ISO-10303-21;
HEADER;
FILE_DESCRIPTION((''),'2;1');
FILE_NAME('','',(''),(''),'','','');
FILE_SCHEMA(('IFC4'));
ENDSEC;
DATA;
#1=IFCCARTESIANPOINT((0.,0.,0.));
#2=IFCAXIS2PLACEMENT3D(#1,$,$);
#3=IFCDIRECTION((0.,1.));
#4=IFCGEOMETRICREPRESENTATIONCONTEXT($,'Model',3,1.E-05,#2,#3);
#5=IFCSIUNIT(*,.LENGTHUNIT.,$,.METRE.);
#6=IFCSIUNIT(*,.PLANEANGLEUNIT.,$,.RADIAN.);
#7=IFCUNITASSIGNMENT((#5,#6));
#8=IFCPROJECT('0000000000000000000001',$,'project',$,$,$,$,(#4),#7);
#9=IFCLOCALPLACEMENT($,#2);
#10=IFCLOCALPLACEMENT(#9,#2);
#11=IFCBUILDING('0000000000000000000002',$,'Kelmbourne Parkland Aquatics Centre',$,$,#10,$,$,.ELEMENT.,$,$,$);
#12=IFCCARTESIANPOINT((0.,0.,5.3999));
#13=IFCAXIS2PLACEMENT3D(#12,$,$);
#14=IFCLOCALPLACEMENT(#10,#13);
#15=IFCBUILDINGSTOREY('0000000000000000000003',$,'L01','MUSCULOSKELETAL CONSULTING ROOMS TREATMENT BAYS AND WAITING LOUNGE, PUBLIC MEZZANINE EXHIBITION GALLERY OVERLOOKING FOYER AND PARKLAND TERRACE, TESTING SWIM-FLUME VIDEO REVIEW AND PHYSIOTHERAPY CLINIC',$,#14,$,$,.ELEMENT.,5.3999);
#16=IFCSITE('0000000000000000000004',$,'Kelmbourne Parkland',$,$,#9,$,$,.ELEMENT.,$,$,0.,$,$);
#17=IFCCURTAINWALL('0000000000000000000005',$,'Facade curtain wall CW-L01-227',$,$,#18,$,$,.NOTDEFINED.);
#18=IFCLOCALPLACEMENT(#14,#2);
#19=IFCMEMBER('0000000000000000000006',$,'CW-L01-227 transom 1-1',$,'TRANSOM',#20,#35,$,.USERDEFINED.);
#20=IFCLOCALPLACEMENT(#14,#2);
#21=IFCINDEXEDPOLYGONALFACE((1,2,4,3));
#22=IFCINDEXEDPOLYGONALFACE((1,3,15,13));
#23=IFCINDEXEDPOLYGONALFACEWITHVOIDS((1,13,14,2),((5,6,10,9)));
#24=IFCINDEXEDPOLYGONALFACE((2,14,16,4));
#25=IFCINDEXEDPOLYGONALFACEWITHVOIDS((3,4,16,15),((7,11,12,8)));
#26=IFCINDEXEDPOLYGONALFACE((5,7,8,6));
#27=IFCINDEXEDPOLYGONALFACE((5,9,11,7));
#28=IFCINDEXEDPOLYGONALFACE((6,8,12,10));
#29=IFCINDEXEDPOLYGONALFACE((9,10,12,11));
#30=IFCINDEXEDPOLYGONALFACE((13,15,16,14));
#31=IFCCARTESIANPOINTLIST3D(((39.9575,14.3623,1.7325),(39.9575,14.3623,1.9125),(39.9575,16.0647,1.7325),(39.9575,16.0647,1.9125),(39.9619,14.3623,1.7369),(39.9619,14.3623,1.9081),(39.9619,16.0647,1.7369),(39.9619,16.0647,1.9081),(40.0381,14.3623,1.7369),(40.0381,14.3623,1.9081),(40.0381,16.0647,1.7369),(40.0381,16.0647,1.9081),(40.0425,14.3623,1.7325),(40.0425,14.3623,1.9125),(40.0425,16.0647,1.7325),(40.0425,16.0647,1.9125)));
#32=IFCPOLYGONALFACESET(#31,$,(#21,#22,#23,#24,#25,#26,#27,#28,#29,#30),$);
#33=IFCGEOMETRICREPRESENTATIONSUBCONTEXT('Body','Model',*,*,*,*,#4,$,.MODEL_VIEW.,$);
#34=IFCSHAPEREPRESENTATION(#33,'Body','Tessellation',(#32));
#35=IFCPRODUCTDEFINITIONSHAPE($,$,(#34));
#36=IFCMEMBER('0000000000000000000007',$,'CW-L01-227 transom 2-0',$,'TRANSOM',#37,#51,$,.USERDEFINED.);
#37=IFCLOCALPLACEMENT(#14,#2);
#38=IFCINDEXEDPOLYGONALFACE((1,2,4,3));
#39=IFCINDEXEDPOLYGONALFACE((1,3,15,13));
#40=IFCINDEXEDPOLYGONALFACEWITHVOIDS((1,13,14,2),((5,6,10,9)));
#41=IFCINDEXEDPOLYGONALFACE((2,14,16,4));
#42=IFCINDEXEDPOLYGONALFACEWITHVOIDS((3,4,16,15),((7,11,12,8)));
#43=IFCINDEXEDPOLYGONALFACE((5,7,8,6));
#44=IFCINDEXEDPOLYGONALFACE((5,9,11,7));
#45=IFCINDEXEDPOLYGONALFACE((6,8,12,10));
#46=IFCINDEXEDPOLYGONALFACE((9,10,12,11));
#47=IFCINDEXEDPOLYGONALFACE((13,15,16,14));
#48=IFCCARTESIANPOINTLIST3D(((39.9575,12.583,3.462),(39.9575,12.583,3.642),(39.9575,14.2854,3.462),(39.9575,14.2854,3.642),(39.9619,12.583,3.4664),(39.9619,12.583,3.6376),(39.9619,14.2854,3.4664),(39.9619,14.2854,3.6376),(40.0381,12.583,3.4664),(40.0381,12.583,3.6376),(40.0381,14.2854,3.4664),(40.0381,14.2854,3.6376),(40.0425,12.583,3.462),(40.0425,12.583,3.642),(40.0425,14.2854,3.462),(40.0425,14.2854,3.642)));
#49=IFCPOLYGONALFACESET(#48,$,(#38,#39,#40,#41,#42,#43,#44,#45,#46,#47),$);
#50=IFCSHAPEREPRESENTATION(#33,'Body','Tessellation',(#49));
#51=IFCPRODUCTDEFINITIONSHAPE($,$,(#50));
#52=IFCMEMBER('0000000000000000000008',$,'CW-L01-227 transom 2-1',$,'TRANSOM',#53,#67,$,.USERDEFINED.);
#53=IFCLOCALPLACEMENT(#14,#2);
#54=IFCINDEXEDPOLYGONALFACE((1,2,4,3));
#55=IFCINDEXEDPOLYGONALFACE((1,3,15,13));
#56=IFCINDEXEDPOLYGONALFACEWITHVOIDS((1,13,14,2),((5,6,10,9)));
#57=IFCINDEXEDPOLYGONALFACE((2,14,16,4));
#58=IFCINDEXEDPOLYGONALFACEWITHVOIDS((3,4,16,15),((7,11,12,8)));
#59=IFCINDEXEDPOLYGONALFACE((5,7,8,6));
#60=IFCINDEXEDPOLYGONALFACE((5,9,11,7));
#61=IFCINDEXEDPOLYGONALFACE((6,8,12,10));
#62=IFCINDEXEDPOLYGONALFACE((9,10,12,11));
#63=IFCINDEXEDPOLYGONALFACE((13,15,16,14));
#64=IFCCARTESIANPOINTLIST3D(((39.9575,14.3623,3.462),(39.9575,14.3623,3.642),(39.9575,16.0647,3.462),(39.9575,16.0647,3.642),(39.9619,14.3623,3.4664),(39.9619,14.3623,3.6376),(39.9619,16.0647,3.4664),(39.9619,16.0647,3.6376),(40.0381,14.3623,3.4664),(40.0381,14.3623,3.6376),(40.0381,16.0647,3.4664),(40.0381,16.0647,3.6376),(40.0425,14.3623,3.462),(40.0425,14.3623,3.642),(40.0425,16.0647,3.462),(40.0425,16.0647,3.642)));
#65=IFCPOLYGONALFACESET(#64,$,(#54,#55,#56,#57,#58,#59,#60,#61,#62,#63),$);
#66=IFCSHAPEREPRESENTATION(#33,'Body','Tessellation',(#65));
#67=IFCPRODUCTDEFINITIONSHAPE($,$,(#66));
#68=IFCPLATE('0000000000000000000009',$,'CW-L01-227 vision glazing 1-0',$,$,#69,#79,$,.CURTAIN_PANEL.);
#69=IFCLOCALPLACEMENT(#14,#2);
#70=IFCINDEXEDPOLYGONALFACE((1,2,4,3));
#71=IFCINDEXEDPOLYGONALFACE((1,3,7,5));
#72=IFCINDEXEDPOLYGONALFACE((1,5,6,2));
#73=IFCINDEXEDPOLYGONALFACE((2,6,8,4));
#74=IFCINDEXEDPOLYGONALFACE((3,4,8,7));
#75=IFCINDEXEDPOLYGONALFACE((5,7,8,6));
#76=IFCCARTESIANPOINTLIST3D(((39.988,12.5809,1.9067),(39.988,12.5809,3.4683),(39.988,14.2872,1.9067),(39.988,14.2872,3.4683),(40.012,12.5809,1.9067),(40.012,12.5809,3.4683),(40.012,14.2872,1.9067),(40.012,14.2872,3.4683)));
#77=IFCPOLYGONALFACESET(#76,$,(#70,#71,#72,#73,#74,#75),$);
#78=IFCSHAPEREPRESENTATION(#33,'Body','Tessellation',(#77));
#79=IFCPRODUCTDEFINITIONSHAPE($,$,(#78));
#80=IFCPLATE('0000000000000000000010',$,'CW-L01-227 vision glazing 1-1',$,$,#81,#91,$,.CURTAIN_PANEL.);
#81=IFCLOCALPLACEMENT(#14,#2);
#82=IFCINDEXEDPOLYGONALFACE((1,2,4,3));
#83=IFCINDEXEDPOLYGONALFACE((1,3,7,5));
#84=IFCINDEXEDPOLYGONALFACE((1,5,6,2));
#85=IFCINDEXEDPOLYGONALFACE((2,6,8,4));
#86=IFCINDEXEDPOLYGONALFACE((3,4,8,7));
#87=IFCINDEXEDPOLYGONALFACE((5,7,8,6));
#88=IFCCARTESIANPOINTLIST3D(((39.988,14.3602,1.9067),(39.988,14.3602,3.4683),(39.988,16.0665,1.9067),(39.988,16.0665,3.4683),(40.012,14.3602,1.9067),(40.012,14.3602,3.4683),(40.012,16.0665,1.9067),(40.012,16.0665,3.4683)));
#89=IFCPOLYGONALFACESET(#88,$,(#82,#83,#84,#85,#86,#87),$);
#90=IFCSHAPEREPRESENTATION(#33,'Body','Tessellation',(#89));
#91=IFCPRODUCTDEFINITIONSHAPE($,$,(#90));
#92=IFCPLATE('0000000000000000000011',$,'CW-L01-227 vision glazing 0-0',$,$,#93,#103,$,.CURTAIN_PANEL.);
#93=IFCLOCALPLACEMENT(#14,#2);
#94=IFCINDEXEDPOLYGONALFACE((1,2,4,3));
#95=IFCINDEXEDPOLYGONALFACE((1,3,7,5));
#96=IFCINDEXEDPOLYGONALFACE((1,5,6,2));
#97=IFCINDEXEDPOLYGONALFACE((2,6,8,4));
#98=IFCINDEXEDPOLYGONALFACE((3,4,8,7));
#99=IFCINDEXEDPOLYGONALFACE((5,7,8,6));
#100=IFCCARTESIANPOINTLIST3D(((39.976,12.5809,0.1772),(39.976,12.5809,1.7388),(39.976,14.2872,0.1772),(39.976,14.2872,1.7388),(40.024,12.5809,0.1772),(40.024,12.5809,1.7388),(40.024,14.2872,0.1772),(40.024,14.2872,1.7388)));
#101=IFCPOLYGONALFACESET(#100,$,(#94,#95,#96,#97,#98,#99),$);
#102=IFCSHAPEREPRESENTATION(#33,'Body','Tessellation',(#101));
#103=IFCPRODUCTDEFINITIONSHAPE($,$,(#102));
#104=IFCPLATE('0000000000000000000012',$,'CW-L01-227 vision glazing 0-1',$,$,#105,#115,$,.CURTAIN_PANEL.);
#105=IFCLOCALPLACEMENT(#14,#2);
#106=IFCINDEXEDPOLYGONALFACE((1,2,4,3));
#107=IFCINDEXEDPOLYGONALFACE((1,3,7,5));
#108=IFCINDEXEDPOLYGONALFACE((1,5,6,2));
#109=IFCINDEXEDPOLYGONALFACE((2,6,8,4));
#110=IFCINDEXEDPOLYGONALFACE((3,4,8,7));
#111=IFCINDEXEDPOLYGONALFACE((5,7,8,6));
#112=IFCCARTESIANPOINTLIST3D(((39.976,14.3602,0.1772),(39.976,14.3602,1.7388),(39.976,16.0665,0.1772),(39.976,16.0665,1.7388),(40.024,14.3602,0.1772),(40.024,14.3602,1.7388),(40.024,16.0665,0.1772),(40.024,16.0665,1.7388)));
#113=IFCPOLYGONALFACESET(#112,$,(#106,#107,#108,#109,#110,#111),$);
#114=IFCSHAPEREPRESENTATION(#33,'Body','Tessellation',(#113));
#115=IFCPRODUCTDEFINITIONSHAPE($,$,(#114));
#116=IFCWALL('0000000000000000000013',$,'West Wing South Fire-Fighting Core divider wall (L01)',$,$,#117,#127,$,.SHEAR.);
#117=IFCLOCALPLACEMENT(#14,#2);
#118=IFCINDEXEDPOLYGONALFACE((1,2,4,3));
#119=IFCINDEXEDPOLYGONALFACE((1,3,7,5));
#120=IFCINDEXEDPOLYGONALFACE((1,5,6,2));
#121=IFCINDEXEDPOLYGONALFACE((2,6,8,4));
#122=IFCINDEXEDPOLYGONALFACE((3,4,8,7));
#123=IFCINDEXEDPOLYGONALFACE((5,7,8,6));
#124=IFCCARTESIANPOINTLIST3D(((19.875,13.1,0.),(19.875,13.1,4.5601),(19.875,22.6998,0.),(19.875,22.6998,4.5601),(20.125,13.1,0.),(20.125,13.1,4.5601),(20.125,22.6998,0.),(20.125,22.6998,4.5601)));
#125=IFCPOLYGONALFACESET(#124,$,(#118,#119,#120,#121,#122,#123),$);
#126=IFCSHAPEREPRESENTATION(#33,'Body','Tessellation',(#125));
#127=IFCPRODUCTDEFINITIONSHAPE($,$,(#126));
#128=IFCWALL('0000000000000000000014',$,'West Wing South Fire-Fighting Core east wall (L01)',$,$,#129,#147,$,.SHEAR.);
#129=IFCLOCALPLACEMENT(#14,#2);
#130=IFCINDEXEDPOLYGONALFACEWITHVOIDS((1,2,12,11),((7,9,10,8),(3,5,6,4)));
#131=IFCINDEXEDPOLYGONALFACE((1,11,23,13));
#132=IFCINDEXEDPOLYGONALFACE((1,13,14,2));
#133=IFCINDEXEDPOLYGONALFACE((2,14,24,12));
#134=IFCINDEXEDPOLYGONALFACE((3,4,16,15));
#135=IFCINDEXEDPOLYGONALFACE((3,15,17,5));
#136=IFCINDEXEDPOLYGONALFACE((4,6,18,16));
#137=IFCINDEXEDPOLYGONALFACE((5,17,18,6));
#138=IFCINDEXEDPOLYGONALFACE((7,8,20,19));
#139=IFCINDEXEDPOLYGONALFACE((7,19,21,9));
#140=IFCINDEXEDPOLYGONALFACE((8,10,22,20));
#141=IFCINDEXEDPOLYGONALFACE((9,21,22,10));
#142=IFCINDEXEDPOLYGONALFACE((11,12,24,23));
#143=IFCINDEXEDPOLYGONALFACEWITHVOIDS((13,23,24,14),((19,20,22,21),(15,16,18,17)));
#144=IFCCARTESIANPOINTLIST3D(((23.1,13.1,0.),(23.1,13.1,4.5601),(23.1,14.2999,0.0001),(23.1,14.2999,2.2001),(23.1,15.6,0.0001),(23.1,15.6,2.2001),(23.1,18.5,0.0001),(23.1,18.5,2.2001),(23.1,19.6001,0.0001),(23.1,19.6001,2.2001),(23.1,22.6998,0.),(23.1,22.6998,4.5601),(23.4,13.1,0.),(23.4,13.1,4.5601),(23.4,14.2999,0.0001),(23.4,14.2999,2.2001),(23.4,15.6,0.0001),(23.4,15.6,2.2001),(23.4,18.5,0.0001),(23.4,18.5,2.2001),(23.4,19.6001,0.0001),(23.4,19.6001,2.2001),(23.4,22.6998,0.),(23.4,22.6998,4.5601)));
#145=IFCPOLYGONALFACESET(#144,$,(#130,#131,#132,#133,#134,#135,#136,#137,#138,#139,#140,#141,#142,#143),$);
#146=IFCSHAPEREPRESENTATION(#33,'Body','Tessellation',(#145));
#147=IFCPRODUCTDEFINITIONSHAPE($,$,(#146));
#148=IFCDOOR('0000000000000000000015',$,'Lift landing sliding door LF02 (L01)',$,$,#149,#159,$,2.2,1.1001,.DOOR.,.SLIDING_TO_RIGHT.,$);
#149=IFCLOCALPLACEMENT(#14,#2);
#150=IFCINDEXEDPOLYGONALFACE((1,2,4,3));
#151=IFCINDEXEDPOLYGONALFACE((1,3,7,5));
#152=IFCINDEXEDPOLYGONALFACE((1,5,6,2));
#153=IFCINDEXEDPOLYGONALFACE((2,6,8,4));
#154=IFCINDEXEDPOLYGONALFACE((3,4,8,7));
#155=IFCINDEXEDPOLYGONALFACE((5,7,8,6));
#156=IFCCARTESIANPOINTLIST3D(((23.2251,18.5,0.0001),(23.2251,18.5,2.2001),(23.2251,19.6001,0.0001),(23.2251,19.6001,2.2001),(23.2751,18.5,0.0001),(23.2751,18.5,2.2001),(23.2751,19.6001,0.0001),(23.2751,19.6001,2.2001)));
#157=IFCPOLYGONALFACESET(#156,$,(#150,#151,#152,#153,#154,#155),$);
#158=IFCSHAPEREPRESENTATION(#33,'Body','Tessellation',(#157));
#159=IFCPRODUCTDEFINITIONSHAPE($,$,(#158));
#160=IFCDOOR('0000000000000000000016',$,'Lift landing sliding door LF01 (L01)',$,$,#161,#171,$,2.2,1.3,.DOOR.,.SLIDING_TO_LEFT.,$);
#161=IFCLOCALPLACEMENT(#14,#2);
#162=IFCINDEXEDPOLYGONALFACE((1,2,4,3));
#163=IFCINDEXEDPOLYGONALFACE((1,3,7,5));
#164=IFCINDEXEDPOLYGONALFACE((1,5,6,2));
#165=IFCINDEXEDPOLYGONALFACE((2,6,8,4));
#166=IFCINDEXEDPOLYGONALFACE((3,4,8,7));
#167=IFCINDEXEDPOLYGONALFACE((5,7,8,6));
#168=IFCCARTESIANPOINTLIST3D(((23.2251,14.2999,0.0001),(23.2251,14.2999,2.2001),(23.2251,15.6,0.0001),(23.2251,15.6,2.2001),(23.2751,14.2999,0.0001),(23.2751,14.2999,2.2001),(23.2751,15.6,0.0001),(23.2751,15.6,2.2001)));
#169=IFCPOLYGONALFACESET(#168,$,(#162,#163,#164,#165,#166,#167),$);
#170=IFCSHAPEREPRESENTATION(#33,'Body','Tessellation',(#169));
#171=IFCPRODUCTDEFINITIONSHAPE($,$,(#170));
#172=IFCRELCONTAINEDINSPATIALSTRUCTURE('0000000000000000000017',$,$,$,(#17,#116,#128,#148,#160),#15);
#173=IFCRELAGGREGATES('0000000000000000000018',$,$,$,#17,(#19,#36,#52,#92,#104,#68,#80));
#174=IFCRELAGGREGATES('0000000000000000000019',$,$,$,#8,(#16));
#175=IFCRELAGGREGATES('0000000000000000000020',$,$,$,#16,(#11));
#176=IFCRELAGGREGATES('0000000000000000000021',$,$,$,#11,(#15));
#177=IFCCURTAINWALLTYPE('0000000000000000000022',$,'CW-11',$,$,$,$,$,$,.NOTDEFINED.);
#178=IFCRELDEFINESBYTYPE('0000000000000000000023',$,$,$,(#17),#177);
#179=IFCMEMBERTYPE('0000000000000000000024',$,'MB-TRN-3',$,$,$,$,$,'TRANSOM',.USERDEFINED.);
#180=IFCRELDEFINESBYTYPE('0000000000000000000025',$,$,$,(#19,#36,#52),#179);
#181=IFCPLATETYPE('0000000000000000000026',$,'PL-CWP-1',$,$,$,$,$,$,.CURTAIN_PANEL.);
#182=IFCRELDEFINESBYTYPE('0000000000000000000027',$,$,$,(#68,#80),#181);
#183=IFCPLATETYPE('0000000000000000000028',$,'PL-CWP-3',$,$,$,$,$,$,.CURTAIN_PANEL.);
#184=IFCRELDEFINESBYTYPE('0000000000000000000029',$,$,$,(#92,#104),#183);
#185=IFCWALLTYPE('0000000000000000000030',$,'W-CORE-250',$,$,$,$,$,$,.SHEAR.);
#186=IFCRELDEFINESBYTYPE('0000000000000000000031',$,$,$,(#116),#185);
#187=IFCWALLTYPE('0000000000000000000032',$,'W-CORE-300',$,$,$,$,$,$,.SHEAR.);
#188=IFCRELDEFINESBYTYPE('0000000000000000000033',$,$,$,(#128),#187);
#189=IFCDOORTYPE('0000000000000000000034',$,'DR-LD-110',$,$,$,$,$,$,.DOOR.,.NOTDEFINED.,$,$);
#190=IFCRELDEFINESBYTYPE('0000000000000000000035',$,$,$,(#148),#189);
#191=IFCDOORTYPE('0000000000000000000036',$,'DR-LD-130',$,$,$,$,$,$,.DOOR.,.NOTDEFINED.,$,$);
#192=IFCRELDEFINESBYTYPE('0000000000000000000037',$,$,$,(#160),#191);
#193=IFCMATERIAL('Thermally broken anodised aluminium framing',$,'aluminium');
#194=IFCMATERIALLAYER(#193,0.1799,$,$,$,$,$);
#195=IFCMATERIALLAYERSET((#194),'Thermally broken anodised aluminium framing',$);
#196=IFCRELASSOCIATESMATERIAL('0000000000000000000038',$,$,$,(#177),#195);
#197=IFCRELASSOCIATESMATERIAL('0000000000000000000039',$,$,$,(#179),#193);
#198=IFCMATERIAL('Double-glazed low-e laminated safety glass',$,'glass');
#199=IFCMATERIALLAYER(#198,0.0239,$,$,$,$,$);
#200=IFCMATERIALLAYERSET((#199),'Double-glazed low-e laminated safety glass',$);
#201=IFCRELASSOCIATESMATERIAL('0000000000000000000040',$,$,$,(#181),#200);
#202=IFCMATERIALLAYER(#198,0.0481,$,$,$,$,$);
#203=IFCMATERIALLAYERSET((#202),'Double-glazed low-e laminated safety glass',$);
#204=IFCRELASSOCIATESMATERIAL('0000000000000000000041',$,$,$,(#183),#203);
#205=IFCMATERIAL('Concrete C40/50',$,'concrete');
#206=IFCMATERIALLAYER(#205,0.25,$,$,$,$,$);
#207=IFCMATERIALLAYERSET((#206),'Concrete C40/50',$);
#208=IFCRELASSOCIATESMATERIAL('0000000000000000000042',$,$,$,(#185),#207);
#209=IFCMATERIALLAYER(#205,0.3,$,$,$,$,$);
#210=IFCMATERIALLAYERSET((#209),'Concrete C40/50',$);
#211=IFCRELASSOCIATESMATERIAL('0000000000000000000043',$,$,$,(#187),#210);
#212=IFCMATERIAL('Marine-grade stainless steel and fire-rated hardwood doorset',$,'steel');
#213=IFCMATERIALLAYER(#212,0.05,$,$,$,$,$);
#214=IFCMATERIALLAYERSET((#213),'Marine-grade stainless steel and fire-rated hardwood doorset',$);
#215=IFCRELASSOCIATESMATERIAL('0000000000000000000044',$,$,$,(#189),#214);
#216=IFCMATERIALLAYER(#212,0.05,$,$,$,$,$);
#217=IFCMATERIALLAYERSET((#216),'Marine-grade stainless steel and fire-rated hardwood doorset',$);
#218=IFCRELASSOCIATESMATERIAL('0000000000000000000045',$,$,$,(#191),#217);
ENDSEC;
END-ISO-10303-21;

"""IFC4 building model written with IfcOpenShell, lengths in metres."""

from ifc_helpers import new_model, si_unit, direction, frame, frame_2d, origin, origin_2d, place, context, subcontext, project, spatial, rectangle, hollow_rectangle, extrude, material, layer, layer_set, material_profile, profile_set, type_object, element, fill, aggregate, save


model = new_model("IFC4")

# Units and contexts
model_context = context("Model", 3, precision=1e-05, world=origin(), true_north=direction((0.0, 1.0)))
body_context = subcontext(model_context, "Body", "Model", "MODEL_VIEW")
ifc_project = project(units=[si_unit("LENGTHUNIT", "METRE"), si_unit("PLANEANGLEUNIT", "RADIAN")], contexts=[model_context])

# Site, building, storey
site_placement = place(None, origin())
site = spatial("IfcSite", under=ifc_project, at=site_placement, Name="Kelmbourne Parkland", CompositionType="ELEMENT", RefElevation=0.0)
building_placement = place(site_placement, origin())
building = spatial("IfcBuilding", under=site, at=building_placement, Name="Kelmbourne Parkland Aquatics Centre", CompositionType="ELEMENT")
storey_placement = place(building_placement, frame((0.0, 0.0, 5.3999)))
storey = spatial("IfcBuildingStorey", under=building, at=storey_placement, Name="L01", Description="MUSCULOSKELETAL CONSULTING ROOMS TREATMENT BAYS AND WAITING LOUNGE, PUBLIC MEZZANINE EXHIBITION GALLERY OVERLOOKING FOYER AND PARKLAND TERRACE, TESTING SWIM-FLUME VIDEO REVIEW AND PHYSIOTHERAPY CLINIC", CompositionType="ELEMENT", Elevation=5.3999)

# Shared definitions
ifc_material_1 = material(Name="Concrete C40/50", Category="concrete")

# Curtain wall, members, plates
ifc_material_2 = material(Name="Thermally broken anodised aluminium framing", Category="aluminium")
ifc_layer_1 = layer(ifc_material_2, 0.1799)
ifc_layer_set_1 = layer_set([ifc_layer_1], Name="Thermally broken anodised aluminium framing")
curtain_wall_type = type_object("IfcCurtainWallType", Name="CW-11", PredefinedType="NOTDEFINED", material=ifc_layer_set_1)
curtain_wall_placement = place(storey_placement, origin())
curtain_wall = element("IfcCurtainWall", 1, at=curtain_wall_placement, inside=storey, type_object=curtain_wall_type, Name="Facade curtain wall CW-L01-227", PredefinedType="NOTDEFINED")
ifc_material_profile_1 = material_profile(ifc_material_2, hollow_rectangle(XDim=0.085, YDim=0.1799, WallThickness=0.0044, at=origin_2d()), Name="CW-T 85x180")
ifc_profile_set_1 = profile_set([ifc_material_profile_1], Name="Thermally broken anodised aluminium framing")
member_type_1 = type_object("IfcMemberType", Name="MB-TRN-3", ElementType="TRANSOM", PredefinedType="USERDEFINED", material=ifc_profile_set_1)
member_1_placement = place(storey_placement, frame((40.0, 14.3623, 1.8225), z_axis=(0.0, 1.0, 0.0), x_axis=(-1.0, 0.0, 0.0)))
member_1 = element("IfcMember", 2, at=member_1_placement, type_object=member_type_1, Name="CW-L01-227 transom 1-1", ObjectType="TRANSOM", PredefinedType="USERDEFINED", context=body_context, shape_type="SweptSolid", body=[
    extrude(hollow_rectangle(XDim=0.085, YDim=0.1799, WallThickness=0.0044, at=origin_2d()), origin(), (0.0, 0.0, 1.0), 1.7024),
])
member_2_placement = place(storey_placement, frame((40.0, 12.583, 3.552), z_axis=(0.0, 1.0, 0.0), x_axis=(-1.0, 0.0, 0.0)))
member_2 = element("IfcMember", 3, at=member_2_placement, type_object=member_type_1, Name="CW-L01-227 transom 2-0", ObjectType="TRANSOM", PredefinedType="USERDEFINED", context=body_context, shape_type="SweptSolid", body=[
    extrude(hollow_rectangle(XDim=0.085, YDim=0.1799, WallThickness=0.0044, at=origin_2d()), origin(), (0.0, 0.0, 1.0), 1.7024),
])
member_3_placement = place(storey_placement, frame((40.0, 14.3623, 3.552), z_axis=(0.0, 1.0, 0.0), x_axis=(-1.0, 0.0, 0.0)))
member_3 = element("IfcMember", 4, at=member_3_placement, type_object=member_type_1, Name="CW-L01-227 transom 2-1", ObjectType="TRANSOM", PredefinedType="USERDEFINED", context=body_context, shape_type="SweptSolid", body=[
    extrude(hollow_rectangle(XDim=0.085, YDim=0.1799, WallThickness=0.0044, at=origin_2d()), origin(), (0.0, 0.0, 1.0), 1.7024),
])
ifc_material_3 = material(Name="Double-glazed low-e laminated safety glass", Category="glass")
ifc_layer_2 = layer(ifc_material_3, 0.0239)
ifc_layer_set_2 = layer_set([ifc_layer_2], Name="Double-glazed low-e laminated safety glass")
plate_type_1 = type_object("IfcPlateType", Name="PL-CWP-1", PredefinedType="CURTAIN_PANEL", material=ifc_layer_set_2)
plate_1_placement = place(storey_placement, frame((40.0, 13.4341, 1.9067), z_axis=(0.0, 0.0, 1.0), x_axis=(0.0, 1.0, 0.0)))
plate_1 = element("IfcPlate", 5, at=plate_1_placement, type_object=plate_type_1, Name="CW-L01-227 vision glazing 1-0", PredefinedType="CURTAIN_PANEL", context=body_context, shape_type="SweptSolid", body=[
    extrude(rectangle(XDim=1.7063, YDim=0.0239, at=origin_2d()), origin(), (0.0, 0.0, 1.0), 1.5615),
])
plate_2_placement = place(storey_placement, frame((40.0, 15.2134, 1.9067), z_axis=(0.0, 0.0, 1.0), x_axis=(0.0, 1.0, 0.0)))
plate_2 = element("IfcPlate", 6, at=plate_2_placement, type_object=plate_type_1, Name="CW-L01-227 vision glazing 1-1", PredefinedType="CURTAIN_PANEL", context=body_context, shape_type="SweptSolid", body=[
    extrude(rectangle(XDim=1.7063, YDim=0.0239, at=origin_2d()), origin(), (0.0, 0.0, 1.0), 1.5615),
])
ifc_layer_3 = layer(ifc_material_3, 0.0481)
ifc_layer_set_3 = layer_set([ifc_layer_3], Name="Double-glazed low-e laminated safety glass")
plate_type_2 = type_object("IfcPlateType", Name="PL-CWP-3", PredefinedType="CURTAIN_PANEL", material=ifc_layer_set_3)
plate_3_placement = place(storey_placement, frame((40.0, 13.4341, 0.1772), z_axis=(0.0, 0.0, 1.0), x_axis=(0.0, 1.0, 0.0)))
plate_3 = element("IfcPlate", 7, at=plate_3_placement, type_object=plate_type_2, Name="CW-L01-227 vision glazing 0-0", PredefinedType="CURTAIN_PANEL", context=body_context, shape_type="SweptSolid", body=[
    extrude(rectangle(XDim=1.7063, YDim=0.0481, at=origin_2d()), origin(), (0.0, 0.0, 1.0), 1.5615),
])
plate_4_placement = place(storey_placement, frame((40.0, 15.2134, 0.1772), z_axis=(0.0, 0.0, 1.0), x_axis=(0.0, 1.0, 0.0)))
plate_4 = element("IfcPlate", 8, at=plate_4_placement, type_object=plate_type_2, Name="CW-L01-227 vision glazing 0-1", PredefinedType="CURTAIN_PANEL", context=body_context, shape_type="SweptSolid", body=[
    extrude(rectangle(XDim=1.7063, YDim=0.0481, at=origin_2d()), origin(), (0.0, 0.0, 1.0), 1.5615),
])
aggregate(curtain_wall, [member_1, member_2, member_3, plate_3, plate_4, plate_1, plate_2])

# Wall
ifc_layer_4 = layer(ifc_material_1, 0.25)
ifc_layer_set_4 = layer_set([ifc_layer_4], Name="Concrete C40/50")
wall_type_1 = type_object("IfcWallType", Name="W-CORE-250", PredefinedType="SHEAR", material=ifc_layer_set_4)
wall_1_placement = place(storey_placement, frame((20.0, 13.1001, 0.0), z_axis=(0.0, 0.0, 1.0), x_axis=(0.0, 1.0, 0.0)))
element("IfcWall", 9, at=wall_1_placement, inside=storey, type_object=wall_type_1, Name="West Wing South Fire-Fighting Core divider wall (L01)", PredefinedType="SHEAR", context=body_context, shape_type="SweptSolid", body=[
    extrude(rectangle(XDim=9.5999, YDim=0.25, at=frame_2d((4.7998, 0.0))), origin(), (0.0, 0.0, 1.0), 4.5601),
])

# Wall, openings, doors
ifc_layer_5 = layer(ifc_material_1, 0.3)
ifc_layer_set_5 = layer_set([ifc_layer_5], Name="Concrete C40/50")
wall_type_2 = type_object("IfcWallType", Name="W-CORE-300", PredefinedType="SHEAR", material=ifc_layer_set_5)
wall_2_placement = place(storey_placement, frame((23.25, 13.1001, 0.0), z_axis=(0.0, 0.0, 1.0), x_axis=(0.0, 1.0, 0.0)))
wall_2 = element("IfcWall", 10, at=wall_2_placement, inside=storey, type_object=wall_type_2, Name="West Wing South Fire-Fighting Core east wall (L01)", PredefinedType="SHEAR", context=body_context, shape_type="SweptSolid", body=[
    extrude(rectangle(XDim=9.5999, YDim=0.3, at=frame_2d((4.7998, 0.0))), origin(), (0.0, 0.0, 1.0), 4.5601),
])
opening_1_placement = place(wall_2_placement, frame((1.2, 0.0, 0.0)))
opening_1 = element("IfcOpeningElement", 11, at=opening_1_placement, cuts=wall_2, PredefinedType="OPENING", context=body_context, shape_type="SweptSolid", body=[
    extrude(rectangle(XDim=1.3, YDim=2.2, at=frame_2d((0.6499, 1.1001))), frame((0.0, 0.1621, 0.0), z_axis=(0.0, -1.0, 0.0), x_axis=(1.0, 0.0, 0.0)), (0.0, 0.0, 1.0), 0.324),
])
opening_2_placement = place(wall_2_placement, frame((5.3999, 0.0, 0.0)))
opening_2 = element("IfcOpeningElement", 12, at=opening_2_placement, cuts=wall_2, PredefinedType="OPENING", context=body_context, shape_type="SweptSolid", body=[
    extrude(rectangle(XDim=1.1001, YDim=2.2, at=frame_2d((0.55, 1.1001))), frame((0.0, 0.1621, 0.0), z_axis=(0.0, -1.0, 0.0), x_axis=(1.0, 0.0, 0.0)), (0.0, 0.0, 1.0), 0.324),
])
ifc_material_4 = material(Name="Marine-grade stainless steel and fire-rated hardwood doorset", Category="steel")
ifc_layer_6 = layer(ifc_material_4, 0.05)
ifc_layer_set_6 = layer_set([ifc_layer_6], Name="Marine-grade stainless steel and fire-rated hardwood doorset")
door_type_1 = type_object("IfcDoorType", Name="DR-LD-110", OperationType="NOTDEFINED", PredefinedType="DOOR", material=ifc_layer_set_6)
door_1_placement = place(opening_2_placement, origin())
door_1 = element("IfcDoor", 13, at=door_1_placement, inside=storey, type_object=door_type_1, Name="Lift landing sliding door LF02 (L01)", OperationType="SLIDING_TO_RIGHT", OverallHeight=2.2, OverallWidth=1.1001, PredefinedType="DOOR", context=body_context, shape_type="SweptSolid", body=[
    extrude(rectangle(XDim=1.1001, YDim=2.2, at=frame_2d((0.55, 1.1001))), frame((0.0, 0.0249, 0.0), z_axis=(0.0, -1.0, 0.0), x_axis=(1.0, 0.0, 0.0)), (0.0, 0.0, 1.0), 0.05),
])
fill(opening_2, door_1)
ifc_layer_7 = layer(ifc_material_4, 0.05)
ifc_layer_set_7 = layer_set([ifc_layer_7], Name="Marine-grade stainless steel and fire-rated hardwood doorset")
door_type_2 = type_object("IfcDoorType", Name="DR-LD-130", OperationType="NOTDEFINED", PredefinedType="DOOR", material=ifc_layer_set_7)
door_2_placement = place(opening_1_placement, origin())
door_2 = element("IfcDoor", 14, at=door_2_placement, inside=storey, type_object=door_type_2, Name="Lift landing sliding door LF01 (L01)", OperationType="SLIDING_TO_LEFT", OverallHeight=2.2, OverallWidth=1.3, PredefinedType="DOOR", context=body_context, shape_type="SweptSolid", body=[
    extrude(rectangle(XDim=1.3, YDim=2.2, at=frame_2d((0.6499, 1.1001))), frame((0.0, 0.0249, 0.0), z_axis=(0.0, -1.0, 0.0), x_axis=(1.0, 0.0, 0.0)), (0.0, 0.0, 1.0), 0.05),
])
fill(opening_1, door_2)

save(model, "model.ifc")
